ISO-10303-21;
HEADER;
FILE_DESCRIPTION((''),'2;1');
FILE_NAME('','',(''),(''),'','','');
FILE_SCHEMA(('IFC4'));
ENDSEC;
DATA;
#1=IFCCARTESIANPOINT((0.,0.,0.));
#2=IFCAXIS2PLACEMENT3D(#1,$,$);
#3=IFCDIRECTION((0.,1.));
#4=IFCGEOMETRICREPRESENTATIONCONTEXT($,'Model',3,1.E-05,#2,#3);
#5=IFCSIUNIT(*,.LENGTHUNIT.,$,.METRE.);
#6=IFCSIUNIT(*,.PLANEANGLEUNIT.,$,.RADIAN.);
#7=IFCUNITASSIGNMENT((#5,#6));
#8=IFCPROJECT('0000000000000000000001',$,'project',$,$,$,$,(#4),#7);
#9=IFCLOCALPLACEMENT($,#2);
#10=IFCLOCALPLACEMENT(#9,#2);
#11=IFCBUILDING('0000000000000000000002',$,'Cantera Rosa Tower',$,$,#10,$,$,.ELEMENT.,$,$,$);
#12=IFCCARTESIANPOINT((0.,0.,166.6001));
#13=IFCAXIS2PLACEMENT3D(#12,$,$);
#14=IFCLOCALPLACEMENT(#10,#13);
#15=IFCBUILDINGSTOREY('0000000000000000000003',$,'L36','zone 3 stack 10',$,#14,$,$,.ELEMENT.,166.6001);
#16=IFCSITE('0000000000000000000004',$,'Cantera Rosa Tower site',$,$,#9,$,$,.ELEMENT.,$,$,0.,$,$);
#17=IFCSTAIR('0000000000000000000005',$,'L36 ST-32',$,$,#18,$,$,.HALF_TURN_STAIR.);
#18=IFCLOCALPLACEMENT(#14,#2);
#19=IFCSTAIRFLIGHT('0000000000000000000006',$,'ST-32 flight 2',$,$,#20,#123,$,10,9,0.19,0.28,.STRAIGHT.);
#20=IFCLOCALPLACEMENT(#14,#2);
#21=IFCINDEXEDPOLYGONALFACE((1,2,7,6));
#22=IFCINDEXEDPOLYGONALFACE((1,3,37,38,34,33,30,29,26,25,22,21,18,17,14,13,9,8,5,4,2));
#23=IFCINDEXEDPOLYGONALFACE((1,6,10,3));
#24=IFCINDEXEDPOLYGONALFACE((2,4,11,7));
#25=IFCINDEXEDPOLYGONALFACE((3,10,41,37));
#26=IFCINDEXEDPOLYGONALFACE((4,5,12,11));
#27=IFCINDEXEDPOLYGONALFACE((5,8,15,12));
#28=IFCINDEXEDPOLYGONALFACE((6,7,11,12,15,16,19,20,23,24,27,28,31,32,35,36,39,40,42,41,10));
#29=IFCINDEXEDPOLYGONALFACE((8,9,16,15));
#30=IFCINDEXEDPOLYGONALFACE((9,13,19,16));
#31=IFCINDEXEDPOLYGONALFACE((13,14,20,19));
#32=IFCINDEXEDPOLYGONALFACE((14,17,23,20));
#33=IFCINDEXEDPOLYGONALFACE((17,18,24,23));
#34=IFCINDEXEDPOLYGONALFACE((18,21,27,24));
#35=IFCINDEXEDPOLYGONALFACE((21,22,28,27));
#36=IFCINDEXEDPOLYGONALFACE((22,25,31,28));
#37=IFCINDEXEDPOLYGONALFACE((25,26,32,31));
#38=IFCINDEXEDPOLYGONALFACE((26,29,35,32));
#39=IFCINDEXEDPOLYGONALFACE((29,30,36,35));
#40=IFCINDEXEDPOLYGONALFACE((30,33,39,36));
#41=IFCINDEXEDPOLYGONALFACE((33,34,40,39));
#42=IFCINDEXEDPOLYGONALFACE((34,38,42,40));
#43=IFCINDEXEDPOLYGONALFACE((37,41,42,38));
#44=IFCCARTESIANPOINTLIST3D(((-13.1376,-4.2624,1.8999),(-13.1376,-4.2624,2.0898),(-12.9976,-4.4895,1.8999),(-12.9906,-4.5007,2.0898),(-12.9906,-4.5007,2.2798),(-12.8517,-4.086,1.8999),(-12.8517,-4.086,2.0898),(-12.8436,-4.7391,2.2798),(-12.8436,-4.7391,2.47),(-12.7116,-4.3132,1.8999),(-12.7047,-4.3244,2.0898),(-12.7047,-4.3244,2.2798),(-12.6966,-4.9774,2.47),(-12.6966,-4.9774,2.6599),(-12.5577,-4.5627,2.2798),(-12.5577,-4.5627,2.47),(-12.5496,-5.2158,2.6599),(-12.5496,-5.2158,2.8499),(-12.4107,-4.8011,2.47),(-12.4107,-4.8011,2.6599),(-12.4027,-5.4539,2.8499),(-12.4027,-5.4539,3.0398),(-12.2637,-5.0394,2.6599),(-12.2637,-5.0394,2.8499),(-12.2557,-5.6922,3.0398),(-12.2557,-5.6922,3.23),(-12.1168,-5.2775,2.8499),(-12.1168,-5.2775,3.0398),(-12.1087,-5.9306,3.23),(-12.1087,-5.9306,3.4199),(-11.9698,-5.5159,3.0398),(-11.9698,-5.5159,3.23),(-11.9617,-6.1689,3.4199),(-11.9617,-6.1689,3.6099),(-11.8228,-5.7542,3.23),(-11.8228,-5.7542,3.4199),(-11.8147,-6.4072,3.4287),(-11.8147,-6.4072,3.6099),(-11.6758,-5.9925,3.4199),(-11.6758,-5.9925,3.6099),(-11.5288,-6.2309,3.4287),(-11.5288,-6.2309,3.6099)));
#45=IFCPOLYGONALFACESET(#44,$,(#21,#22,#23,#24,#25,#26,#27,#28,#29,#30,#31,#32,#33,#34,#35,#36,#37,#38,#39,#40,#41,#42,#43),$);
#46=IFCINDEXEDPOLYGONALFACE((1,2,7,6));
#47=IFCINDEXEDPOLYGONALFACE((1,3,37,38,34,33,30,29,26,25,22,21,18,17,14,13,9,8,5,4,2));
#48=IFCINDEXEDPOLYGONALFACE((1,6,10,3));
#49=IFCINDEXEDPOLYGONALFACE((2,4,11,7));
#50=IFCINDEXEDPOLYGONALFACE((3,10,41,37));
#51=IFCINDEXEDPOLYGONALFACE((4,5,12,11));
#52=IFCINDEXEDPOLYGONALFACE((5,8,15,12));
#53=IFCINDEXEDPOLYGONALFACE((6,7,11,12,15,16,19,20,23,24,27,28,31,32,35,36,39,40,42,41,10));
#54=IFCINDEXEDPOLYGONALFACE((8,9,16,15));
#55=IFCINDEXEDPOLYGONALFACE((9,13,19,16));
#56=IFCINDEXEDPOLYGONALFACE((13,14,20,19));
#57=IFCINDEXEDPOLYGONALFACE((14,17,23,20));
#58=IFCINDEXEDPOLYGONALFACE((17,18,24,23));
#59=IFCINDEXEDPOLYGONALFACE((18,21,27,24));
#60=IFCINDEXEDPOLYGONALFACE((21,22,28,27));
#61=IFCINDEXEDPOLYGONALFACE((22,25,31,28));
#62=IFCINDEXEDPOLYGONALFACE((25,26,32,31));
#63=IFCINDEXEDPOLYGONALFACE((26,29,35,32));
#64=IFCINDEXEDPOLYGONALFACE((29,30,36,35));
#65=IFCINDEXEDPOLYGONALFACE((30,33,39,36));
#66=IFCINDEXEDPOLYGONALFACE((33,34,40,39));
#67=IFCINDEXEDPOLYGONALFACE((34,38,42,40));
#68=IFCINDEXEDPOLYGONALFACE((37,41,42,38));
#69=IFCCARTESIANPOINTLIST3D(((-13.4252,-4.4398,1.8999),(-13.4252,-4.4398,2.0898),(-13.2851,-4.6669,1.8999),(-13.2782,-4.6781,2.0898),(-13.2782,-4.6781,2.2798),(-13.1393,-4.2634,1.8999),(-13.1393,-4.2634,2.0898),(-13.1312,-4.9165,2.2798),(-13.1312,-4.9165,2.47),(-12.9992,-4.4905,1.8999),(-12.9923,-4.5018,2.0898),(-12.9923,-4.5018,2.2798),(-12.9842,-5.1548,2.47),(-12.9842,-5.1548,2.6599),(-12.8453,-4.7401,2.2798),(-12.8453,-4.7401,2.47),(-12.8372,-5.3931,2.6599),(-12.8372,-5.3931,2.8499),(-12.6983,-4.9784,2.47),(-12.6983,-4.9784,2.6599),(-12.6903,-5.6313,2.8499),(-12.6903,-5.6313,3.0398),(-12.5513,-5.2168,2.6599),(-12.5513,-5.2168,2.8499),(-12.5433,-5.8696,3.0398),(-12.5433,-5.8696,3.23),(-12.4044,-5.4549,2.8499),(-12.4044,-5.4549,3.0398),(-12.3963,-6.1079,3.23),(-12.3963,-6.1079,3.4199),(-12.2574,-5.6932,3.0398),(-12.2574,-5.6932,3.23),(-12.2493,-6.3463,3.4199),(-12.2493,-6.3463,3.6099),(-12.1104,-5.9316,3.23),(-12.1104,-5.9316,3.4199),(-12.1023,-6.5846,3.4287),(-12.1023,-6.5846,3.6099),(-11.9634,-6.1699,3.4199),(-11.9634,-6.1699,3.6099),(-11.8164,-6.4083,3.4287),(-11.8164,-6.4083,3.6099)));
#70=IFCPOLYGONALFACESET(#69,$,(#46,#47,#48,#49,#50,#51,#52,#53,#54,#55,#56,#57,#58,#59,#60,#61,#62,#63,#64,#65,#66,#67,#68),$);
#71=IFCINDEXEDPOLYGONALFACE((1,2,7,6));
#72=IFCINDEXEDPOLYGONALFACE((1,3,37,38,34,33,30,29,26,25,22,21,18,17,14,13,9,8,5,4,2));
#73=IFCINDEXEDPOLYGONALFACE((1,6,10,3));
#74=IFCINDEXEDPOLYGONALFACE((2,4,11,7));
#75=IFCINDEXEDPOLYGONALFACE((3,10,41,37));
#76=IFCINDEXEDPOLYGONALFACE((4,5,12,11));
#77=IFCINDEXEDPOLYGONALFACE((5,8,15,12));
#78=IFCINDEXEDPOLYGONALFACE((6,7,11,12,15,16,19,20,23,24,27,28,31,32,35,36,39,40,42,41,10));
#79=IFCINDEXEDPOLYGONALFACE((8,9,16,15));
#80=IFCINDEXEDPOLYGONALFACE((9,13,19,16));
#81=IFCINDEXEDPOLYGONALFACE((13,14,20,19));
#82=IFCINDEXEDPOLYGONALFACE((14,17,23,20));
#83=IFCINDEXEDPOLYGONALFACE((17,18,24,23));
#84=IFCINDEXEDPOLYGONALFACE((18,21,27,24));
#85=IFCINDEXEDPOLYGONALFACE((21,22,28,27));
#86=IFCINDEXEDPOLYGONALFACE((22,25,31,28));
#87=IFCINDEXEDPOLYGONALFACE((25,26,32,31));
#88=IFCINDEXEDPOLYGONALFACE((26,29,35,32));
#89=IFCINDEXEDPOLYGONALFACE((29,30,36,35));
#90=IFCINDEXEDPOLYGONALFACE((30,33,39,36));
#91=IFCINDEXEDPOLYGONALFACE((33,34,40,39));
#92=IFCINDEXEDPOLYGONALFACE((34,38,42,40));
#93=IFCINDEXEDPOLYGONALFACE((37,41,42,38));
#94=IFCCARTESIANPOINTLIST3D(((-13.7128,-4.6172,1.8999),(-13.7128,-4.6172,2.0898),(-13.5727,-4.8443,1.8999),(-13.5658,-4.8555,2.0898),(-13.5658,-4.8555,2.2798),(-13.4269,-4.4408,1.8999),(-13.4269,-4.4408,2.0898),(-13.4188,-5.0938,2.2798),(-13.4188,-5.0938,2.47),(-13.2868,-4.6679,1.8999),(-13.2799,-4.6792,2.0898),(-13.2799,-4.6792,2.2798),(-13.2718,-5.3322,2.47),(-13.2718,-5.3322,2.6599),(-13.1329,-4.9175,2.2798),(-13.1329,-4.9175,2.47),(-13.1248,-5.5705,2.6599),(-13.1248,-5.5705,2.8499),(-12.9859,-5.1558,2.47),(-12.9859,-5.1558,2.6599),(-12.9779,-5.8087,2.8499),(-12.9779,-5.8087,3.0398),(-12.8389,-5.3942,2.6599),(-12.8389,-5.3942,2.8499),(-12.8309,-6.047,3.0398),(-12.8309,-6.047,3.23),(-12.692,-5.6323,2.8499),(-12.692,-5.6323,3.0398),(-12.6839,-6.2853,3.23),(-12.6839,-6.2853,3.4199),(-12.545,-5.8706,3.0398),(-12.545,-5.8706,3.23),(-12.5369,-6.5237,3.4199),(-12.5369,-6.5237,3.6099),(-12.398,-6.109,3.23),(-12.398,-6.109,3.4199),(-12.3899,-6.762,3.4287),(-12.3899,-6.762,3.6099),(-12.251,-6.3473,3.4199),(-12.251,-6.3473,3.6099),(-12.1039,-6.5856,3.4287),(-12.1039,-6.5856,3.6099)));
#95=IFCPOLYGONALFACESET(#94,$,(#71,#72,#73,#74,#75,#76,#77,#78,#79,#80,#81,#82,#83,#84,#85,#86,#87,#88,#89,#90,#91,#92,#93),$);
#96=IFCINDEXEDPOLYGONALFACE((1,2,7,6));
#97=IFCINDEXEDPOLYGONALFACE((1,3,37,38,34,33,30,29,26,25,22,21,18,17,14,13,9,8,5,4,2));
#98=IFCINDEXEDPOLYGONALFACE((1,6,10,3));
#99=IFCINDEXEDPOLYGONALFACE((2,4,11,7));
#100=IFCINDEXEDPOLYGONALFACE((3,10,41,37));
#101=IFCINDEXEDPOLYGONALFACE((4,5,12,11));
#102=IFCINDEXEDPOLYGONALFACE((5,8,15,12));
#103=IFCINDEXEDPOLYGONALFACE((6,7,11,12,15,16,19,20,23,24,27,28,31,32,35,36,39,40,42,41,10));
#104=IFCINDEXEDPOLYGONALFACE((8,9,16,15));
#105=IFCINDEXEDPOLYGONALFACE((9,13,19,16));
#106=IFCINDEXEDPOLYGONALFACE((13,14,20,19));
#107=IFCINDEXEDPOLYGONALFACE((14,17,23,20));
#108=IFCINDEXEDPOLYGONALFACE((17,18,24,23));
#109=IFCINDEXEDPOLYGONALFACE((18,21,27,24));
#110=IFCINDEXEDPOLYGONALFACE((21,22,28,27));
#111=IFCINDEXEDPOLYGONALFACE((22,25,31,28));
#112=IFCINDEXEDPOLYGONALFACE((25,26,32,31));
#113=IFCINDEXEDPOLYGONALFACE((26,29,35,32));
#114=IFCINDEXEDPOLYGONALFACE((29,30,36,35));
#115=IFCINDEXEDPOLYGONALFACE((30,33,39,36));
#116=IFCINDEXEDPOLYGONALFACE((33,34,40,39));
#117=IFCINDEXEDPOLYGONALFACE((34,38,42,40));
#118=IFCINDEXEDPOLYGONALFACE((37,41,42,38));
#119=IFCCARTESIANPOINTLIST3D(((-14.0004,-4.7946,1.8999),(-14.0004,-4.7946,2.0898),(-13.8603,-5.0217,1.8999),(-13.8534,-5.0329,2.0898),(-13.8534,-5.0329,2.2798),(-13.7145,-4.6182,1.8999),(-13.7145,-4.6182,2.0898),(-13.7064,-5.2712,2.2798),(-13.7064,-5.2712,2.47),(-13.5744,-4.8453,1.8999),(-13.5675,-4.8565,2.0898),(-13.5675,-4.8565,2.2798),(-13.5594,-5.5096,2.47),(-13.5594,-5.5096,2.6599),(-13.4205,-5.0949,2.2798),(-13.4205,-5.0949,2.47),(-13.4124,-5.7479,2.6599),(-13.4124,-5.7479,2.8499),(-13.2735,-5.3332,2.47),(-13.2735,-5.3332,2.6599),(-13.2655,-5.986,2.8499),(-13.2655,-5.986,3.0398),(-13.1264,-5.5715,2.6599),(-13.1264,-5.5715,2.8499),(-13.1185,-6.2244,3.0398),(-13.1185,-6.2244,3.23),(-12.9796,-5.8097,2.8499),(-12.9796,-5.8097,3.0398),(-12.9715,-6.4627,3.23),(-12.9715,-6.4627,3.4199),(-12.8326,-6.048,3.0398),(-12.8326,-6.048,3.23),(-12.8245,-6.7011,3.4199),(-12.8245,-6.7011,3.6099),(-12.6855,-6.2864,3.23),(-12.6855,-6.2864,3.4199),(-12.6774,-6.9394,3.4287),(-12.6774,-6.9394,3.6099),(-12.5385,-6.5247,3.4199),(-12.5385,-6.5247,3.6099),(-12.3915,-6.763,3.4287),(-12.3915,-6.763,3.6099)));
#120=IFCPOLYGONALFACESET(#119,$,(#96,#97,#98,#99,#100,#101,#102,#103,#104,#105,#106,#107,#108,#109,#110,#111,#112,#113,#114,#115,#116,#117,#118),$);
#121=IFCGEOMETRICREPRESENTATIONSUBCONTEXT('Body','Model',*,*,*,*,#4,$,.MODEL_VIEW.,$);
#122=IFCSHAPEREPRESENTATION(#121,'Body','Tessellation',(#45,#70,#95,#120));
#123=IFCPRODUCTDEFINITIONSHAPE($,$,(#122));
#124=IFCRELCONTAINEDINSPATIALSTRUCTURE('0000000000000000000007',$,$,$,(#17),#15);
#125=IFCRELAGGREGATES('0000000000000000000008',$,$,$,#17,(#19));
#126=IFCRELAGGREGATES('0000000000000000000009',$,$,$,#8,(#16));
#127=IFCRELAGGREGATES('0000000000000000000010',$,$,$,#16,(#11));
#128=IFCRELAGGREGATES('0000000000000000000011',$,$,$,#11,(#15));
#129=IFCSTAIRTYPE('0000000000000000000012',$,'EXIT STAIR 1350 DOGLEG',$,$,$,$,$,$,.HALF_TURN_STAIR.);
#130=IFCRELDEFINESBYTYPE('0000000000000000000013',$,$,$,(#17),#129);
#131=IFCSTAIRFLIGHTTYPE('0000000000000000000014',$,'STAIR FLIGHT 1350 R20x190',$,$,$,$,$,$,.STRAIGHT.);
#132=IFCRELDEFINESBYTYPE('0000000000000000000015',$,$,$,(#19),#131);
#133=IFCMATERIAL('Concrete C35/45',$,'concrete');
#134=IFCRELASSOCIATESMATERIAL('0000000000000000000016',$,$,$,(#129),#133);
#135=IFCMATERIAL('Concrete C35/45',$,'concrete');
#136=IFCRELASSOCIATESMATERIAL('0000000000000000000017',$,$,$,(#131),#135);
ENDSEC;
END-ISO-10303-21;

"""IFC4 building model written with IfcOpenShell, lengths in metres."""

from ifc_helpers import new_model, si_unit, direction, frame, origin, place, context, subcontext, project, spatial, polyline, outline, extrude, material, type_object, element, aggregate, save


model = new_model("IFC4")

# Units and contexts
model_context = context("Model", 3, precision=1e-05, world=origin(), true_north=direction((0.0, 1.0)))
body_context = subcontext(model_context, "Body", "Model", "MODEL_VIEW")
ifc_project = project(units=[si_unit("LENGTHUNIT", "METRE"), si_unit("PLANEANGLEUNIT", "RADIAN")], contexts=[model_context])

# Site, building, storey
site_placement = place(None, origin())
site = spatial("IfcSite", under=ifc_project, at=site_placement, Name="Cantera Rosa Tower site", CompositionType="ELEMENT", RefElevation=0.0)
building_placement = place(site_placement, origin())
building = spatial("IfcBuilding", under=site, at=building_placement, Name="Cantera Rosa Tower", CompositionType="ELEMENT")
storey_placement = place(building_placement, frame((0.0, 0.0, 166.6001)))
storey = spatial("IfcBuildingStorey", under=building, at=storey_placement, Name="L36", Description="zone 3 stack 10", CompositionType="ELEMENT", Elevation=166.6001)

# Stair, stair flight
ifc_material_1 = material(Name="Concrete C35/45", Category="concrete")
stair_type = type_object("IfcStairType", Name="EXIT STAIR 1350 DOGLEG", PredefinedType="HALF_TURN_STAIR", material=ifc_material_1)
stair_placement = place(storey_placement, origin())
stair = element("IfcStair", 1, at=stair_placement, inside=storey, type_object=stair_type, Name="L36 ST-32", PredefinedType="HALF_TURN_STAIR")
ifc_material_2 = material(Name="Concrete C35/45", Category="concrete")
stair_flight_type = type_object("IfcStairFlightType", Name="STAIR FLIGHT 1350 R20x190", PredefinedType="STRAIGHT", material=ifc_material_2)
stair_flight_1_placement = place(storey_placement, frame((-13.4263, -4.4404, 1.8999), z_axis=(0.0, 0.0, 1.0), x_axis=(0.524977, -0.851117, 0.0)))
stair_flight_1 = element("IfcStairFlight", 2, at=stair_flight_1_placement, type_object=stair_flight_type, Name="ST-32 flight 2", NumberOfRisers=10, NumberOfTreads=9, PredefinedType="STRAIGHT", RiserHeight=0.19, TreadLength=0.28, context=body_context, shape_type="SweptSolid", body=[
    extrude(outline(polyline([(0.0, 0.0), (0.0, 0.1899), (0.28, 0.1899), (0.28, 0.3799), (0.5601, 0.3799), (0.5601, 0.5701), (0.8401, 0.5701), (0.8401, 0.76), (1.1201, 0.76), (1.1201, 0.95), (1.3999, 0.95), (1.3999, 1.1399), (1.6799, 1.1399), (1.6799, 1.3301), (1.96, 1.3301), (1.96, 1.52), (2.24, 1.52), (2.24, 1.71), (2.52, 1.71), (2.52, 1.8999), (2.52, 1.5288), (0.2668, 0.0), (0.0, 0.0)])), frame((0.0, 0.675, 0.0), z_axis=(0.0, -1.0, 0.0), x_axis=(1.0, 0.0, 0.0)), (0.0, 0.0, 1.0), 0.3359),
    extrude(outline(polyline([(0.0, 0.0), (0.0, 0.1899), (0.28, 0.1899), (0.28, 0.3799), (0.5601, 0.3799), (0.5601, 0.5701), (0.8401, 0.5701), (0.8401, 0.76), (1.1201, 0.76), (1.1201, 0.95), (1.3999, 0.95), (1.3999, 1.1399), (1.6799, 1.1399), (1.6799, 1.3301), (1.96, 1.3301), (1.96, 1.52), (2.24, 1.52), (2.24, 1.71), (2.52, 1.71), (2.52, 1.8999), (2.52, 1.5288), (0.2668, 0.0), (0.0, 0.0)])), frame((0.0, 0.3372, 0.0), z_axis=(0.0, -1.0, 0.0), x_axis=(1.0, 0.0, 0.0)), (0.0, 0.0, 1.0), 0.3359),
    extrude(outline(polyline([(0.0, 0.0), (0.0, 0.1899), (0.28, 0.1899), (0.28, 0.3799), (0.5601, 0.3799), (0.5601, 0.5701), (0.8401, 0.5701), (0.8401, 0.76), (1.1201, 0.76), (1.1201, 0.95), (1.3999, 0.95), (1.3999, 1.1399), (1.6799, 1.1399), (1.6799, 1.3301), (1.96, 1.3301), (1.96, 1.52), (2.24, 1.52), (2.24, 1.71), (2.52, 1.71), (2.52, 1.8999), (2.52, 1.5288), (0.2668, 0.0), (0.0, 0.0)])), frame((0.0, -0.0007, 0.0), z_axis=(0.0, -1.0, 0.0), x_axis=(1.0, 0.0, 0.0)), (0.0, 0.0, 1.0), 0.3359),
    extrude(outline(polyline([(0.0, 0.0), (0.0, 0.1899), (0.28, 0.1899), (0.28, 0.3799), (0.5601, 0.3799), (0.5601, 0.5701), (0.8401, 0.5701), (0.8401, 0.76), (1.1201, 0.76), (1.1201, 0.95), (1.3999, 0.95), (1.3999, 1.1399), (1.6799, 1.1399), (1.6799, 1.3301), (1.96, 1.3301), (1.96, 1.52), (2.24, 1.52), (2.24, 1.71), (2.52, 1.71), (2.52, 1.8999), (2.52, 1.5288), (0.2668, 0.0), (0.0, 0.0)])), frame((0.0, -0.3386, 0.0), z_axis=(0.0, -1.0, 0.0), x_axis=(1.0, 0.0, 0.0)), (0.0, 0.0, 1.0), 0.3359),
])
aggregate(stair, [stair_flight_1])

save(model, "model.ifc")
